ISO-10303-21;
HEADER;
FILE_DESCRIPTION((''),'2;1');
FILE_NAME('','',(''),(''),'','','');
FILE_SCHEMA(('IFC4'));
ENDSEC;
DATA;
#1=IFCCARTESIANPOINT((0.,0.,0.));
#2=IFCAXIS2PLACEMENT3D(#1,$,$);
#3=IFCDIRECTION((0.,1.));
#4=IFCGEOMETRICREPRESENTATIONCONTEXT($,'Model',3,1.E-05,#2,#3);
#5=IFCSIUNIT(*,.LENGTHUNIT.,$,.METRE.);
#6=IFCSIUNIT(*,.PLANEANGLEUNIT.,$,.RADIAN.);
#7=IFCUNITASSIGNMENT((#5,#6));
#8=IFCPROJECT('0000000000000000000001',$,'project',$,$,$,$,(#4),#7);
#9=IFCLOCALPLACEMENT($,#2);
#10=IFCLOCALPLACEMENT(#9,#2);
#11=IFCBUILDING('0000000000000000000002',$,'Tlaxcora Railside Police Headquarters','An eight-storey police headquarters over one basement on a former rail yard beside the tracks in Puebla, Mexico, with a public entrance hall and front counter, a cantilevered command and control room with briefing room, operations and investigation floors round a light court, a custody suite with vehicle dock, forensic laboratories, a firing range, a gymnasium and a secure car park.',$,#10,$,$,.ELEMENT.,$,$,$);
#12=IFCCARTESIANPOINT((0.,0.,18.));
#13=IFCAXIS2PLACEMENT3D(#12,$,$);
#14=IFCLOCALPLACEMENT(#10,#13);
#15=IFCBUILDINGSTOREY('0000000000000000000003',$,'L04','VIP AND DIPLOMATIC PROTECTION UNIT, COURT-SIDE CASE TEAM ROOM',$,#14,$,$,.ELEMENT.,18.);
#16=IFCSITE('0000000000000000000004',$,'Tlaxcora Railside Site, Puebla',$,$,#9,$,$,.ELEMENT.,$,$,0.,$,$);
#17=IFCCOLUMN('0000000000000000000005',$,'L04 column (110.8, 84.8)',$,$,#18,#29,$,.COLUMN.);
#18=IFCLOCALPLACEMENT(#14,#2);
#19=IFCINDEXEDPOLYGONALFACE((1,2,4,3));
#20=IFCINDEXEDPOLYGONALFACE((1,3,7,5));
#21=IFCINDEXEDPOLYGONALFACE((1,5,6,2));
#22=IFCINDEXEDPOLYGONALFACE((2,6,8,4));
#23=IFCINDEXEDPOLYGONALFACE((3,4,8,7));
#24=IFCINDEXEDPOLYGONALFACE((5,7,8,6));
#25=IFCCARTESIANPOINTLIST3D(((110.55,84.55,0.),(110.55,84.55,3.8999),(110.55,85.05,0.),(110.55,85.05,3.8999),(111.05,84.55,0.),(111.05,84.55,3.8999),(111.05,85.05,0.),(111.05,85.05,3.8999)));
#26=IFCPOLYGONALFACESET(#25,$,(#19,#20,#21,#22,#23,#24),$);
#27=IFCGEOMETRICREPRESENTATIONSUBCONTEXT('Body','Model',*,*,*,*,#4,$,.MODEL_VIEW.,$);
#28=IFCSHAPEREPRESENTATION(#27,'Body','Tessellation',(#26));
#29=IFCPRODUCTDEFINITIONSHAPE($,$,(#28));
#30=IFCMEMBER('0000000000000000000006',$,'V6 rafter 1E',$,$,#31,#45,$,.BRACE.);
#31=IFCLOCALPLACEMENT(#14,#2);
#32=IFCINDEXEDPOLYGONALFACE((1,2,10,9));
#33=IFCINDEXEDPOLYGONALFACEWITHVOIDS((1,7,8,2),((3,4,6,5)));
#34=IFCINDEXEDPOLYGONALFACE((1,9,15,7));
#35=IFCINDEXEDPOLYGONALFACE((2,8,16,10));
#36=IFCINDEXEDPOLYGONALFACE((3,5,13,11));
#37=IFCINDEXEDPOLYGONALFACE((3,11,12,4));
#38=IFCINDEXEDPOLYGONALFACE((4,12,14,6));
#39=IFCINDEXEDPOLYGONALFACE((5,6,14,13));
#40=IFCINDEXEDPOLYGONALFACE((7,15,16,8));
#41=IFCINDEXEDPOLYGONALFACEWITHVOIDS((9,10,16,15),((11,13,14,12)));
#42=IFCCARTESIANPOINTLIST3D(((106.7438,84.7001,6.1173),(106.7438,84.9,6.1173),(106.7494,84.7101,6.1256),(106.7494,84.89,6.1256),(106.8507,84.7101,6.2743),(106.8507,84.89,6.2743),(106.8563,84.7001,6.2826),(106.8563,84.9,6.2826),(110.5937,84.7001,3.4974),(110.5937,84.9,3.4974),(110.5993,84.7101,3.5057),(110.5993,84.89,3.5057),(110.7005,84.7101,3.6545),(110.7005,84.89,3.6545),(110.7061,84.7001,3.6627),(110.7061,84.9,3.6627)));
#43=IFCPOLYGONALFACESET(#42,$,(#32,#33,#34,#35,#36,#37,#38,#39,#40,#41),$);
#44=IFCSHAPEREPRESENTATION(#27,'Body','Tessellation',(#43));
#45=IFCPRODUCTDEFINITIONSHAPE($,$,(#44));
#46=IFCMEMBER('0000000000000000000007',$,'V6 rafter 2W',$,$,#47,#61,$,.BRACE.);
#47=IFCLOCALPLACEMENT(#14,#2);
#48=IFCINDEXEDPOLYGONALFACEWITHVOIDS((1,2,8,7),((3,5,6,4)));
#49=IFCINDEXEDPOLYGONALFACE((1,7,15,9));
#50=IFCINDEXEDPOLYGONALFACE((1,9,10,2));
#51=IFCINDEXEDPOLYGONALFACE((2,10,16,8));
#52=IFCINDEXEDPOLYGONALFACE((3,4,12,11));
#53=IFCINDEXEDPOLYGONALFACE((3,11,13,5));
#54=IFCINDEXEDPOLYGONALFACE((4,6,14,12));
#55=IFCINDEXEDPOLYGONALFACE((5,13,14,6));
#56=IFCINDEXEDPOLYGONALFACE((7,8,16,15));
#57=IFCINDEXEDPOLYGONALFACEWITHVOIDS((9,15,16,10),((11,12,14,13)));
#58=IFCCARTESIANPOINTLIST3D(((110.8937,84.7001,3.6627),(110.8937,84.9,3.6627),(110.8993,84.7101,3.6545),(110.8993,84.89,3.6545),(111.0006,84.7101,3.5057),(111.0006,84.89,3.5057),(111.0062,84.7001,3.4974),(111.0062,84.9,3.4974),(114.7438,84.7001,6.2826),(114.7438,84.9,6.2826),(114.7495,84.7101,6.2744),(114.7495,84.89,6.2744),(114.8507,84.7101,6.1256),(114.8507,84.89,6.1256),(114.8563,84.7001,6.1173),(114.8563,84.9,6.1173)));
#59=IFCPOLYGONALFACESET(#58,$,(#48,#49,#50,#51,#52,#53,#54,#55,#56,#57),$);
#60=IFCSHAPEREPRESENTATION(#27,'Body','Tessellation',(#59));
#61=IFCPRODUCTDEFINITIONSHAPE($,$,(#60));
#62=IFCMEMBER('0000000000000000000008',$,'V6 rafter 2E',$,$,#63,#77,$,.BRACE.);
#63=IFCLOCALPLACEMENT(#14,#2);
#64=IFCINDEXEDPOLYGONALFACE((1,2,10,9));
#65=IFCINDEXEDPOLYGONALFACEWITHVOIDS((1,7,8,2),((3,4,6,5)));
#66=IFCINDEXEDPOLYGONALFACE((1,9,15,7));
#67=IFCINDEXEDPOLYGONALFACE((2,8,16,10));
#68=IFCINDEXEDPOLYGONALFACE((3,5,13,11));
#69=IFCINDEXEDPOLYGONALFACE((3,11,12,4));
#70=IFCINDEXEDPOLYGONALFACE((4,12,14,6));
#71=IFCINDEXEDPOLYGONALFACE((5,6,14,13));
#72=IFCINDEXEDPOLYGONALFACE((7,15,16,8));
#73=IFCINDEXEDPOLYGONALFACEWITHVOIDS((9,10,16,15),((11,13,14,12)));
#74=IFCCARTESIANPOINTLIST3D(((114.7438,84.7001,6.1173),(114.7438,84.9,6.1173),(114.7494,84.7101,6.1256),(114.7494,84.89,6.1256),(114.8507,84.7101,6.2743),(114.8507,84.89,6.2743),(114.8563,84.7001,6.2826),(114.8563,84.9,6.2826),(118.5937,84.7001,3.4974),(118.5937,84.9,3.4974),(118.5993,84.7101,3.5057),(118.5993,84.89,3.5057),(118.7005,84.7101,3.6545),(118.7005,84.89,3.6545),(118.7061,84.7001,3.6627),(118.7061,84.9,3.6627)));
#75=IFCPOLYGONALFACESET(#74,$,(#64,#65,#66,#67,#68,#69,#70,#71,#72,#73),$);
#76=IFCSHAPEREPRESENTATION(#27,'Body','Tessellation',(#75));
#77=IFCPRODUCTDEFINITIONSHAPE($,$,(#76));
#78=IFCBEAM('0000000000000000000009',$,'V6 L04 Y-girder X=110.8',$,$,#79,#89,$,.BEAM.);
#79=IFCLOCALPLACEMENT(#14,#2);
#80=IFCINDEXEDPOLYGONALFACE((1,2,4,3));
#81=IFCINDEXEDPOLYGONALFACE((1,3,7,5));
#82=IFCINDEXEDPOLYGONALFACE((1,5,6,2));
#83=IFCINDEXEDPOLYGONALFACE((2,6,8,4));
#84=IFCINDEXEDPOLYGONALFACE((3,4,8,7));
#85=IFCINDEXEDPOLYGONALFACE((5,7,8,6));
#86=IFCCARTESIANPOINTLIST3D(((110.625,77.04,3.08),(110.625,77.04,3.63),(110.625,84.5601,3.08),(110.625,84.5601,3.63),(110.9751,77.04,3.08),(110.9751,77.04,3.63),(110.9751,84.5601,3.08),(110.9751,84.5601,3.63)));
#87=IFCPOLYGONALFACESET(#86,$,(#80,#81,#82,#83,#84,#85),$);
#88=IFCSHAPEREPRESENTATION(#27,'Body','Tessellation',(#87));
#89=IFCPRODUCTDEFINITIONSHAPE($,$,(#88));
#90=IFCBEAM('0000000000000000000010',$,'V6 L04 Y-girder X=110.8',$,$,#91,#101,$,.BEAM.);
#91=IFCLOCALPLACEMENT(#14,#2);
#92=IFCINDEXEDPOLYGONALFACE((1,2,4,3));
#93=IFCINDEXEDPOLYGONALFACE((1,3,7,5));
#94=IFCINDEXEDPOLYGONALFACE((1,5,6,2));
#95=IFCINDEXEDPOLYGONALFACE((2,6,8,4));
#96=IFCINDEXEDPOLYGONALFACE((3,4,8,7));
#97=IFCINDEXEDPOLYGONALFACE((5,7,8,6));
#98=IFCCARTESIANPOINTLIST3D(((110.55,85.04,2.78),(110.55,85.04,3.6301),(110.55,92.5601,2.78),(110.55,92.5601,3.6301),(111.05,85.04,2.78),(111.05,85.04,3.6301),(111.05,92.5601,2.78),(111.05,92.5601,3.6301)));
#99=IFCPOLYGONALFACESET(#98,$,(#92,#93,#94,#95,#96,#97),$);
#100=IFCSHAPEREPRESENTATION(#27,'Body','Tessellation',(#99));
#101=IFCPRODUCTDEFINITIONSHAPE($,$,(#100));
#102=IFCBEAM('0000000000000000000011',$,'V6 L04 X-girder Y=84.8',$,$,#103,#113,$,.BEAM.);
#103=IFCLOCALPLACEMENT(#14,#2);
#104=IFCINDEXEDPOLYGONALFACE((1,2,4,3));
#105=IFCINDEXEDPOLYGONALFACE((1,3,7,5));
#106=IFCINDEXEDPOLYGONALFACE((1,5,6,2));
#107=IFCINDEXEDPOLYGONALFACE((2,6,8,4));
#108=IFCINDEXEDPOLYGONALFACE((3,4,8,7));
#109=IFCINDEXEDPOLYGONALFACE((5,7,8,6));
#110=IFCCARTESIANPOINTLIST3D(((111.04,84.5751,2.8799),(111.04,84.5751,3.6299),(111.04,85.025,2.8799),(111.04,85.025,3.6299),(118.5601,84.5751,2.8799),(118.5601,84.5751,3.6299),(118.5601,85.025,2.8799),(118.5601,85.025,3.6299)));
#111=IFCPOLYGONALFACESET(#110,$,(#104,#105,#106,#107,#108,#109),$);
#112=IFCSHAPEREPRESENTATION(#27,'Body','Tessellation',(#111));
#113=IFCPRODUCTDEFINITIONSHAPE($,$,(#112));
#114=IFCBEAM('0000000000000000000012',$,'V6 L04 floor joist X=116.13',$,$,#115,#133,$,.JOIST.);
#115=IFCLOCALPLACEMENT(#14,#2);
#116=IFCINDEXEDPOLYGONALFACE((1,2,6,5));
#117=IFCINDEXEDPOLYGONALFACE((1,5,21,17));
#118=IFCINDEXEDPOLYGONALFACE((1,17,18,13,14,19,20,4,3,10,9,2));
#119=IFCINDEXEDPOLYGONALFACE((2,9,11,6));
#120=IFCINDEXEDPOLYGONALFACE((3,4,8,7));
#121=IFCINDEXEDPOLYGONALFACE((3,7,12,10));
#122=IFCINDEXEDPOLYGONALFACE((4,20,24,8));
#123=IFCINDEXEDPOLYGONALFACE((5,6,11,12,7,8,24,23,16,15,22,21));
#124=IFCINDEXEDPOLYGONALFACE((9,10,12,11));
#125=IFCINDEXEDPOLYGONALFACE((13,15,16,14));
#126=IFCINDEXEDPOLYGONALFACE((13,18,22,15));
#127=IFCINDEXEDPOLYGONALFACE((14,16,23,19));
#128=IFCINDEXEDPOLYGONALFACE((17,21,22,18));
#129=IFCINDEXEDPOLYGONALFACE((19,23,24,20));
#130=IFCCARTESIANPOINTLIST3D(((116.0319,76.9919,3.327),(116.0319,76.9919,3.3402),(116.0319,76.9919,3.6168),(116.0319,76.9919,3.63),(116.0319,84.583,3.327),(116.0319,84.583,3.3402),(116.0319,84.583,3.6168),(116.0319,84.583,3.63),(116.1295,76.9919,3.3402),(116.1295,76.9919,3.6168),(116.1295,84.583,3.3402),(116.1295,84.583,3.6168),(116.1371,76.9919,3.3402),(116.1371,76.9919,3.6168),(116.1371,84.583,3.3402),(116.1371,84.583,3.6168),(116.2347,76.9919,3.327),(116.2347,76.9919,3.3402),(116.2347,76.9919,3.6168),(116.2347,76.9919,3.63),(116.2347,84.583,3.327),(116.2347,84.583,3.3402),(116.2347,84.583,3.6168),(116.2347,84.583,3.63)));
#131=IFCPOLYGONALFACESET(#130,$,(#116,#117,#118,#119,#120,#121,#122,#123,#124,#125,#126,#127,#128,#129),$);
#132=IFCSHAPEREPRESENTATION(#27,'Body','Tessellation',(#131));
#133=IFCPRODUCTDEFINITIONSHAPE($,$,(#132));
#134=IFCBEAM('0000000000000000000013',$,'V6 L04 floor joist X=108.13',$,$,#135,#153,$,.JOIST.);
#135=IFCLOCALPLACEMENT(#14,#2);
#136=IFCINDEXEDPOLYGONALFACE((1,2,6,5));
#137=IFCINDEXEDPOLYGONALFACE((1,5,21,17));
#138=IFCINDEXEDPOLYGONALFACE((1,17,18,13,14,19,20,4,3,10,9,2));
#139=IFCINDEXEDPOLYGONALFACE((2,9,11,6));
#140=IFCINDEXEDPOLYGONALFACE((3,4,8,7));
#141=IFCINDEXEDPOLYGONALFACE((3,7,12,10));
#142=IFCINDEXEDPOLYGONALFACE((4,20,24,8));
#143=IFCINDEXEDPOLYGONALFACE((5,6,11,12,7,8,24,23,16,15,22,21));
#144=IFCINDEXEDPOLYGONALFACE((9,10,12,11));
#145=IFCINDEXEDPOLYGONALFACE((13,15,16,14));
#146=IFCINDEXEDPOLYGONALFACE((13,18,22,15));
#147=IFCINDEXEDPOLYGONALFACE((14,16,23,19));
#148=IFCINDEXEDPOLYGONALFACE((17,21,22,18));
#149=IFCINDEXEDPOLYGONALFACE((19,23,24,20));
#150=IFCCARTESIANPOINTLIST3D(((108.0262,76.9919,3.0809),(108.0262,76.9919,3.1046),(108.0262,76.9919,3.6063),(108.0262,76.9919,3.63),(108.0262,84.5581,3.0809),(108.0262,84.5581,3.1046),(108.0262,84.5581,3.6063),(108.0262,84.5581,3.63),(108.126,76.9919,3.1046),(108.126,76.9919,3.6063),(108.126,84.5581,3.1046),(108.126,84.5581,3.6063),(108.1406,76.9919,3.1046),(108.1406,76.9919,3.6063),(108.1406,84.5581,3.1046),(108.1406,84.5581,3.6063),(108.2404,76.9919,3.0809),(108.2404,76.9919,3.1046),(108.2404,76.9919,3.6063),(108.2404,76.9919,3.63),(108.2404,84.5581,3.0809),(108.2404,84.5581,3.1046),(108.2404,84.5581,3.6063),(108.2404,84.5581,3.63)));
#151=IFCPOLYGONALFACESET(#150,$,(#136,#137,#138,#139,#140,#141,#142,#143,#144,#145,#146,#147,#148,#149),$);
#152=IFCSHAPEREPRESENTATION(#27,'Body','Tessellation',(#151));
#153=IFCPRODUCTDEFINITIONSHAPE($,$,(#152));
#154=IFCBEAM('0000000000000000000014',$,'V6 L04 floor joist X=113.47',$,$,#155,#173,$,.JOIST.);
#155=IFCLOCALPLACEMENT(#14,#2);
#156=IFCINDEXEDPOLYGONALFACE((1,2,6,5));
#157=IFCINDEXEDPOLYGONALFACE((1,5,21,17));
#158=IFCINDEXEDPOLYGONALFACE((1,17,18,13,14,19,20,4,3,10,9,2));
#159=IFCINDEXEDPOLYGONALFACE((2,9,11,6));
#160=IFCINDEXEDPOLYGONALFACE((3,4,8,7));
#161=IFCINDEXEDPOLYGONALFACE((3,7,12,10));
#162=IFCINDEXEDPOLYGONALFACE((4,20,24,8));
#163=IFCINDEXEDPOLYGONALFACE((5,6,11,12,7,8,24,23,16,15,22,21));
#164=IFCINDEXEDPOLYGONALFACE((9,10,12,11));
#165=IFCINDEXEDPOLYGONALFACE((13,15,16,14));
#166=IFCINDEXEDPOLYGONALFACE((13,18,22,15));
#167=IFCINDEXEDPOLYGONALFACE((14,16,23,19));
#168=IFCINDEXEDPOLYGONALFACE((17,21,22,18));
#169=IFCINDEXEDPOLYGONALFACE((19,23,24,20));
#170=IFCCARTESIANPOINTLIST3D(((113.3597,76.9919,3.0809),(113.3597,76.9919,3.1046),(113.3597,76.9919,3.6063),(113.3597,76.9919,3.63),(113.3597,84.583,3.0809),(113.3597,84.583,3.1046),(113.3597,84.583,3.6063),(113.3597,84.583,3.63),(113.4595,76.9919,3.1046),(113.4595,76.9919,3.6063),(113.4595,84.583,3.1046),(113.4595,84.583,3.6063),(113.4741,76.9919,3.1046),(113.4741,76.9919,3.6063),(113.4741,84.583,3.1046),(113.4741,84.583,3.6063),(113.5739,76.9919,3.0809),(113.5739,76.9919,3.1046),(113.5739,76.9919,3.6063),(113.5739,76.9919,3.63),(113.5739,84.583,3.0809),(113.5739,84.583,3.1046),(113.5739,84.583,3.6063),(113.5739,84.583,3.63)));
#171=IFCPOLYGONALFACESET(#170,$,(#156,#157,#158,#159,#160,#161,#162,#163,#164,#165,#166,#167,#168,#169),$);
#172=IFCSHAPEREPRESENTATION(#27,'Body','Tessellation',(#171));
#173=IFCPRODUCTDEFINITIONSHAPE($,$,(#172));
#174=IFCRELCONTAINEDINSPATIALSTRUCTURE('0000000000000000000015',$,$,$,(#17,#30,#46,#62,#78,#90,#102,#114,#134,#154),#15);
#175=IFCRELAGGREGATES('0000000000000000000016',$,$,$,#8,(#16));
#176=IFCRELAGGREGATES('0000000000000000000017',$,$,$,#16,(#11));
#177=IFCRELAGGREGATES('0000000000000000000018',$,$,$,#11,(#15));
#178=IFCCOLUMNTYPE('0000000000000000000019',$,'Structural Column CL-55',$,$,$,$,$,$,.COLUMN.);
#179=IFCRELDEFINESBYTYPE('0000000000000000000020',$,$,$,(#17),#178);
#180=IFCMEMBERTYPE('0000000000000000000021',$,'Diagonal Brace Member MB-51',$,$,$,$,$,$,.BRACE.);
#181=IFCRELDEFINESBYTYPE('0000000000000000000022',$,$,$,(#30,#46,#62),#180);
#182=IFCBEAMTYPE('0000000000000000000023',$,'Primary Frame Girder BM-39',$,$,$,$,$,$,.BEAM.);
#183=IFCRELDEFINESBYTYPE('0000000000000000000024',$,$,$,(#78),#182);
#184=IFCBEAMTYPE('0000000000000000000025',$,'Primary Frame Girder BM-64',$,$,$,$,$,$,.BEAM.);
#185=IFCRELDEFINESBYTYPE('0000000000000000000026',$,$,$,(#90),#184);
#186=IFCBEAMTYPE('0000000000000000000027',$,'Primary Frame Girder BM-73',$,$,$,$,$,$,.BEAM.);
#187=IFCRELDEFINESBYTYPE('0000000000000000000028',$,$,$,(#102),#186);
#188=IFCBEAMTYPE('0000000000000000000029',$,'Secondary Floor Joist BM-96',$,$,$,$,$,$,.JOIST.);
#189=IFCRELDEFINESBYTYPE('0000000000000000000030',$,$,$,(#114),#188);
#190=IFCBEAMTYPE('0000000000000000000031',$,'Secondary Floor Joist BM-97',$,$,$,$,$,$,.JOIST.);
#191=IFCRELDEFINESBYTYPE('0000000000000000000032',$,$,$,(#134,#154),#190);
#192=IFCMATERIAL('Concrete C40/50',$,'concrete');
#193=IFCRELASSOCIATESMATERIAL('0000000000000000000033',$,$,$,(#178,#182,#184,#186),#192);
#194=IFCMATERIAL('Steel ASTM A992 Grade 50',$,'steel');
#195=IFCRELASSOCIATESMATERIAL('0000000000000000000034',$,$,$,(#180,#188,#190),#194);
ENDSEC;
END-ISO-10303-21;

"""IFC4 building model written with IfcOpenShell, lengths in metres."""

from ifc_helpers import new_model, si_unit, direction, frame, origin, origin_2d, place, context, subcontext, project, spatial, rectangle, hollow_rectangle, i_section, extrude, material, material_profile, profile_set, type_object, element, save


model = new_model("IFC4")

# Units and contexts
model_context = context("Model", 3, precision=1e-05, world=origin(), true_north=direction((0.0, 1.0)))
body_context = subcontext(model_context, "Body", "Model", "MODEL_VIEW")
ifc_project = project(units=[si_unit("LENGTHUNIT", "METRE"), si_unit("PLANEANGLEUNIT", "RADIAN")], contexts=[model_context])

# Site, building, storey
site_placement = place(None, origin())
site = spatial("IfcSite", under=ifc_project, at=site_placement, Name="Tlaxcora Railside Site, Puebla", CompositionType="ELEMENT", RefElevation=0.0)
building_placement = place(site_placement, origin())
building = spatial("IfcBuilding", under=site, at=building_placement, Name="Tlaxcora Railside Police Headquarters", Description="An eight-storey police headquarters over one basement on a former rail yard beside the tracks in Puebla, Mexico, with a public entrance hall and front counter, a cantilevered command and control room with briefing room, operations and investigation floors round a light court, a custody suite with vehicle dock, forensic laboratories, a firing range, a gymnasium and a secure car park.", CompositionType="ELEMENT")
storey_placement = place(building_placement, frame((0.0, 0.0, 18.0)))
storey = spatial("IfcBuildingStorey", under=building, at=storey_placement, Name="L04", Description="VIP AND DIPLOMATIC PROTECTION UNIT, COURT-SIDE CASE TEAM ROOM", CompositionType="ELEMENT", Elevation=18.0)

# Column
ifc_material_1 = material(Name="Concrete C40/50", Category="concrete")
ifc_material_profile_1 = material_profile(ifc_material_1, rectangle(XDim=0.5, YDim=0.5, at=origin_2d()), Name="RC500X500")
ifc_profile_set_1 = profile_set([ifc_material_profile_1], Name="Concrete C40/50")
column_type = type_object("IfcColumnType", Name="Structural Column CL-55", PredefinedType="COLUMN", material=ifc_profile_set_1)
column_placement = place(storey_placement, frame((110.8, 84.8, 0.0), z_axis=(0.0, 0.0, 1.0), x_axis=(1.0, 0.0, 0.0)))
element("IfcColumn", 1, at=column_placement, inside=storey, type_object=column_type, Name="L04 column (110.8, 84.8)", PredefinedType="COLUMN", context=body_context, shape_type="SweptSolid", body=[
    extrude(rectangle(XDim=0.5, YDim=0.5, at=origin_2d()), origin(), (0.0, 0.0, 1.0), 3.8999),
])

# Members
ifc_material_2 = material(Name="Steel ASTM A992 Grade 50", Category="steel")
ifc_material_profile_2 = material_profile(ifc_material_2, hollow_rectangle(XDim=0.2, YDim=0.2, WallThickness=0.01, at=origin_2d()), Name="HSS200X200X10")
ifc_profile_set_2 = profile_set([ifc_material_profile_2], Name="Steel ASTM A992 Grade 50")
member_type = type_object("IfcMemberType", Name="Diagonal Brace Member MB-51", PredefinedType="BRACE", material=ifc_profile_set_2)
member_1_placement = place(storey_placement, frame((110.6499, 84.8, 3.5801), z_axis=(-0.826729, 0.0, 0.5626), x_axis=(0.0, -1.0, 0.0)))
element("IfcMember", 2, at=member_1_placement, inside=storey, type_object=member_type, Name="V6 rafter 1E", PredefinedType="BRACE", context=body_context, shape_type="SweptSolid", body=[
    extrude(hollow_rectangle(XDim=0.2, YDim=0.2, WallThickness=0.01, at=origin_2d()), origin(), (0.0, 0.0, 1.0), 4.6567),
])
member_2_placement = place(storey_placement, frame((110.95, 84.8, 3.5801), z_axis=(0.826746, 0.0, 0.562575), x_axis=(0.0, 1.0, 0.0)))
element("IfcMember", 3, at=member_2_placement, inside=storey, type_object=member_type, Name="V6 rafter 2W", PredefinedType="BRACE", context=body_context, shape_type="SweptSolid", body=[
    extrude(hollow_rectangle(XDim=0.2, YDim=0.2, WallThickness=0.01, at=origin_2d()), origin(), (0.0, 0.0, 1.0), 4.657),
])
member_3_placement = place(storey_placement, frame((118.6499, 84.8, 3.5801), z_axis=(-0.826729, 0.0, 0.5626), x_axis=(0.0, -1.0, 0.0)))
element("IfcMember", 4, at=member_3_placement, inside=storey, type_object=member_type, Name="V6 rafter 2E", PredefinedType="BRACE", context=body_context, shape_type="SweptSolid", body=[
    extrude(hollow_rectangle(XDim=0.2, YDim=0.2, WallThickness=0.01, at=origin_2d()), origin(), (0.0, 0.0, 1.0), 4.6567),
])

# Beams
ifc_material_profile_3 = material_profile(ifc_material_1, rectangle(XDim=0.3501, YDim=0.55, at=origin_2d()), Name="RC350X550")
ifc_profile_set_3 = profile_set([ifc_material_profile_3], Name="Concrete C40/50")
beam_type_1 = type_object("IfcBeamType", Name="Primary Frame Girder BM-39", PredefinedType="BEAM", material=ifc_profile_set_3)
beam_1_placement = place(storey_placement, frame((110.8, 77.04, 3.355), z_axis=(0.0, 1.0, 0.0), x_axis=(-1.0, 0.0, 0.0)))
element("IfcBeam", 5, at=beam_1_placement, inside=storey, type_object=beam_type_1, Name="V6 L04 Y-girder X=110.8", PredefinedType="BEAM", context=body_context, shape_type="SweptSolid", body=[
    extrude(rectangle(XDim=0.3501, YDim=0.55, at=origin_2d()), origin(), (0.0, 0.0, 1.0), 7.52),
])
ifc_material_profile_4 = material_profile(ifc_material_1, rectangle(XDim=0.5, YDim=0.8501, at=origin_2d()), Name="RC500X850")
ifc_profile_set_4 = profile_set([ifc_material_profile_4], Name="Concrete C40/50")
beam_type_2 = type_object("IfcBeamType", Name="Primary Frame Girder BM-64", PredefinedType="BEAM", material=ifc_profile_set_4)
beam_2_placement = place(storey_placement, frame((110.8, 85.04, 3.2051), z_axis=(0.0, 1.0, 0.0), x_axis=(-1.0, 0.0, 0.0)))
element("IfcBeam", 6, at=beam_2_placement, inside=storey, type_object=beam_type_2, Name="V6 L04 Y-girder X=110.8", PredefinedType="BEAM", context=body_context, shape_type="SweptSolid", body=[
    extrude(rectangle(XDim=0.5, YDim=0.8501, at=origin_2d()), origin(), (0.0, 0.0, 1.0), 7.52),
])
ifc_material_profile_5 = material_profile(ifc_material_1, rectangle(XDim=0.45, YDim=0.75, at=origin_2d()), Name="RC450X750")
ifc_profile_set_5 = profile_set([ifc_material_profile_5], Name="Concrete C40/50")
beam_type_3 = type_object("IfcBeamType", Name="Primary Frame Girder BM-73", PredefinedType="BEAM", material=ifc_profile_set_5)
beam_3_placement = place(storey_placement, frame((111.04, 84.8, 3.2549), z_axis=(1.0, 0.0, 0.0), x_axis=(0.0, 1.0, 0.0)))
element("IfcBeam", 7, at=beam_3_placement, inside=storey, type_object=beam_type_3, Name="V6 L04 X-girder Y=84.8", PredefinedType="BEAM", context=body_context, shape_type="SweptSolid", body=[
    extrude(rectangle(XDim=0.45, YDim=0.75, at=origin_2d()), origin(), (0.0, 0.0, 1.0), 7.52),
])
ifc_material_profile_6 = material_profile(ifc_material_2, i_section(OverallWidth=0.2029, OverallDepth=0.303, WebThickness=0.0076, FlangeThickness=0.0132, at=origin_2d()), Name="W12X40")
ifc_profile_set_6 = profile_set([ifc_material_profile_6], Name="Steel ASTM A992 Grade 50")
beam_type_4 = type_object("IfcBeamType", Name="Secondary Floor Joist BM-96", PredefinedType="JOIST", material=ifc_profile_set_6)
beam_4_placement = place(storey_placement, frame((116.1333, 76.9919, 3.4785), z_axis=(0.0, 1.0, 0.0), x_axis=(-1.0, 0.0, 0.0)))
element("IfcBeam", 8, at=beam_4_placement, inside=storey, type_object=beam_type_4, Name="V6 L04 floor joist X=116.13", PredefinedType="JOIST", context=body_context, shape_type="SweptSolid", body=[
    extrude(i_section(OverallWidth=0.2029, OverallDepth=0.303, WebThickness=0.0076, FlangeThickness=0.0132, at=origin_2d()), origin(), (0.0, 0.0, 1.0), 7.5911),
])
ifc_material_profile_7 = material_profile(ifc_material_2, i_section(OverallWidth=0.2141, OverallDepth=0.5491, WebThickness=0.0146, FlangeThickness=0.0237, at=origin_2d()), Name="W21X93")
ifc_profile_set_7 = profile_set([ifc_material_profile_7], Name="Steel ASTM A992 Grade 50")
beam_type_5 = type_object("IfcBeamType", Name="Secondary Floor Joist BM-97", PredefinedType="JOIST", material=ifc_profile_set_7)
beam_5_placement = place(storey_placement, frame((108.1333, 76.9919, 3.3555), z_axis=(0.0, 1.0, 0.0), x_axis=(-1.0, 0.0, 0.0)))
element("IfcBeam", 9, at=beam_5_placement, inside=storey, type_object=beam_type_5, Name="V6 L04 floor joist X=108.13", PredefinedType="JOIST", context=body_context, shape_type="SweptSolid", body=[
    extrude(i_section(OverallWidth=0.2141, OverallDepth=0.5491, WebThickness=0.0146, FlangeThickness=0.0237, at=origin_2d()), origin(), (0.0, 0.0, 1.0), 7.5662),
])
beam_6_placement = place(storey_placement, frame((113.4668, 76.9919, 3.3555), z_axis=(0.0, 1.0, 0.0), x_axis=(-1.0, 0.0, 0.0)))
element("IfcBeam", 10, at=beam_6_placement, inside=storey, type_object=beam_type_5, Name="V6 L04 floor joist X=113.47", PredefinedType="JOIST", context=body_context, shape_type="SweptSolid", body=[
    extrude(i_section(OverallWidth=0.2141, OverallDepth=0.5491, WebThickness=0.0146, FlangeThickness=0.0237, at=origin_2d()), origin(), (0.0, 0.0, 1.0), 7.5911),
])

save(model, "model.ifc")
